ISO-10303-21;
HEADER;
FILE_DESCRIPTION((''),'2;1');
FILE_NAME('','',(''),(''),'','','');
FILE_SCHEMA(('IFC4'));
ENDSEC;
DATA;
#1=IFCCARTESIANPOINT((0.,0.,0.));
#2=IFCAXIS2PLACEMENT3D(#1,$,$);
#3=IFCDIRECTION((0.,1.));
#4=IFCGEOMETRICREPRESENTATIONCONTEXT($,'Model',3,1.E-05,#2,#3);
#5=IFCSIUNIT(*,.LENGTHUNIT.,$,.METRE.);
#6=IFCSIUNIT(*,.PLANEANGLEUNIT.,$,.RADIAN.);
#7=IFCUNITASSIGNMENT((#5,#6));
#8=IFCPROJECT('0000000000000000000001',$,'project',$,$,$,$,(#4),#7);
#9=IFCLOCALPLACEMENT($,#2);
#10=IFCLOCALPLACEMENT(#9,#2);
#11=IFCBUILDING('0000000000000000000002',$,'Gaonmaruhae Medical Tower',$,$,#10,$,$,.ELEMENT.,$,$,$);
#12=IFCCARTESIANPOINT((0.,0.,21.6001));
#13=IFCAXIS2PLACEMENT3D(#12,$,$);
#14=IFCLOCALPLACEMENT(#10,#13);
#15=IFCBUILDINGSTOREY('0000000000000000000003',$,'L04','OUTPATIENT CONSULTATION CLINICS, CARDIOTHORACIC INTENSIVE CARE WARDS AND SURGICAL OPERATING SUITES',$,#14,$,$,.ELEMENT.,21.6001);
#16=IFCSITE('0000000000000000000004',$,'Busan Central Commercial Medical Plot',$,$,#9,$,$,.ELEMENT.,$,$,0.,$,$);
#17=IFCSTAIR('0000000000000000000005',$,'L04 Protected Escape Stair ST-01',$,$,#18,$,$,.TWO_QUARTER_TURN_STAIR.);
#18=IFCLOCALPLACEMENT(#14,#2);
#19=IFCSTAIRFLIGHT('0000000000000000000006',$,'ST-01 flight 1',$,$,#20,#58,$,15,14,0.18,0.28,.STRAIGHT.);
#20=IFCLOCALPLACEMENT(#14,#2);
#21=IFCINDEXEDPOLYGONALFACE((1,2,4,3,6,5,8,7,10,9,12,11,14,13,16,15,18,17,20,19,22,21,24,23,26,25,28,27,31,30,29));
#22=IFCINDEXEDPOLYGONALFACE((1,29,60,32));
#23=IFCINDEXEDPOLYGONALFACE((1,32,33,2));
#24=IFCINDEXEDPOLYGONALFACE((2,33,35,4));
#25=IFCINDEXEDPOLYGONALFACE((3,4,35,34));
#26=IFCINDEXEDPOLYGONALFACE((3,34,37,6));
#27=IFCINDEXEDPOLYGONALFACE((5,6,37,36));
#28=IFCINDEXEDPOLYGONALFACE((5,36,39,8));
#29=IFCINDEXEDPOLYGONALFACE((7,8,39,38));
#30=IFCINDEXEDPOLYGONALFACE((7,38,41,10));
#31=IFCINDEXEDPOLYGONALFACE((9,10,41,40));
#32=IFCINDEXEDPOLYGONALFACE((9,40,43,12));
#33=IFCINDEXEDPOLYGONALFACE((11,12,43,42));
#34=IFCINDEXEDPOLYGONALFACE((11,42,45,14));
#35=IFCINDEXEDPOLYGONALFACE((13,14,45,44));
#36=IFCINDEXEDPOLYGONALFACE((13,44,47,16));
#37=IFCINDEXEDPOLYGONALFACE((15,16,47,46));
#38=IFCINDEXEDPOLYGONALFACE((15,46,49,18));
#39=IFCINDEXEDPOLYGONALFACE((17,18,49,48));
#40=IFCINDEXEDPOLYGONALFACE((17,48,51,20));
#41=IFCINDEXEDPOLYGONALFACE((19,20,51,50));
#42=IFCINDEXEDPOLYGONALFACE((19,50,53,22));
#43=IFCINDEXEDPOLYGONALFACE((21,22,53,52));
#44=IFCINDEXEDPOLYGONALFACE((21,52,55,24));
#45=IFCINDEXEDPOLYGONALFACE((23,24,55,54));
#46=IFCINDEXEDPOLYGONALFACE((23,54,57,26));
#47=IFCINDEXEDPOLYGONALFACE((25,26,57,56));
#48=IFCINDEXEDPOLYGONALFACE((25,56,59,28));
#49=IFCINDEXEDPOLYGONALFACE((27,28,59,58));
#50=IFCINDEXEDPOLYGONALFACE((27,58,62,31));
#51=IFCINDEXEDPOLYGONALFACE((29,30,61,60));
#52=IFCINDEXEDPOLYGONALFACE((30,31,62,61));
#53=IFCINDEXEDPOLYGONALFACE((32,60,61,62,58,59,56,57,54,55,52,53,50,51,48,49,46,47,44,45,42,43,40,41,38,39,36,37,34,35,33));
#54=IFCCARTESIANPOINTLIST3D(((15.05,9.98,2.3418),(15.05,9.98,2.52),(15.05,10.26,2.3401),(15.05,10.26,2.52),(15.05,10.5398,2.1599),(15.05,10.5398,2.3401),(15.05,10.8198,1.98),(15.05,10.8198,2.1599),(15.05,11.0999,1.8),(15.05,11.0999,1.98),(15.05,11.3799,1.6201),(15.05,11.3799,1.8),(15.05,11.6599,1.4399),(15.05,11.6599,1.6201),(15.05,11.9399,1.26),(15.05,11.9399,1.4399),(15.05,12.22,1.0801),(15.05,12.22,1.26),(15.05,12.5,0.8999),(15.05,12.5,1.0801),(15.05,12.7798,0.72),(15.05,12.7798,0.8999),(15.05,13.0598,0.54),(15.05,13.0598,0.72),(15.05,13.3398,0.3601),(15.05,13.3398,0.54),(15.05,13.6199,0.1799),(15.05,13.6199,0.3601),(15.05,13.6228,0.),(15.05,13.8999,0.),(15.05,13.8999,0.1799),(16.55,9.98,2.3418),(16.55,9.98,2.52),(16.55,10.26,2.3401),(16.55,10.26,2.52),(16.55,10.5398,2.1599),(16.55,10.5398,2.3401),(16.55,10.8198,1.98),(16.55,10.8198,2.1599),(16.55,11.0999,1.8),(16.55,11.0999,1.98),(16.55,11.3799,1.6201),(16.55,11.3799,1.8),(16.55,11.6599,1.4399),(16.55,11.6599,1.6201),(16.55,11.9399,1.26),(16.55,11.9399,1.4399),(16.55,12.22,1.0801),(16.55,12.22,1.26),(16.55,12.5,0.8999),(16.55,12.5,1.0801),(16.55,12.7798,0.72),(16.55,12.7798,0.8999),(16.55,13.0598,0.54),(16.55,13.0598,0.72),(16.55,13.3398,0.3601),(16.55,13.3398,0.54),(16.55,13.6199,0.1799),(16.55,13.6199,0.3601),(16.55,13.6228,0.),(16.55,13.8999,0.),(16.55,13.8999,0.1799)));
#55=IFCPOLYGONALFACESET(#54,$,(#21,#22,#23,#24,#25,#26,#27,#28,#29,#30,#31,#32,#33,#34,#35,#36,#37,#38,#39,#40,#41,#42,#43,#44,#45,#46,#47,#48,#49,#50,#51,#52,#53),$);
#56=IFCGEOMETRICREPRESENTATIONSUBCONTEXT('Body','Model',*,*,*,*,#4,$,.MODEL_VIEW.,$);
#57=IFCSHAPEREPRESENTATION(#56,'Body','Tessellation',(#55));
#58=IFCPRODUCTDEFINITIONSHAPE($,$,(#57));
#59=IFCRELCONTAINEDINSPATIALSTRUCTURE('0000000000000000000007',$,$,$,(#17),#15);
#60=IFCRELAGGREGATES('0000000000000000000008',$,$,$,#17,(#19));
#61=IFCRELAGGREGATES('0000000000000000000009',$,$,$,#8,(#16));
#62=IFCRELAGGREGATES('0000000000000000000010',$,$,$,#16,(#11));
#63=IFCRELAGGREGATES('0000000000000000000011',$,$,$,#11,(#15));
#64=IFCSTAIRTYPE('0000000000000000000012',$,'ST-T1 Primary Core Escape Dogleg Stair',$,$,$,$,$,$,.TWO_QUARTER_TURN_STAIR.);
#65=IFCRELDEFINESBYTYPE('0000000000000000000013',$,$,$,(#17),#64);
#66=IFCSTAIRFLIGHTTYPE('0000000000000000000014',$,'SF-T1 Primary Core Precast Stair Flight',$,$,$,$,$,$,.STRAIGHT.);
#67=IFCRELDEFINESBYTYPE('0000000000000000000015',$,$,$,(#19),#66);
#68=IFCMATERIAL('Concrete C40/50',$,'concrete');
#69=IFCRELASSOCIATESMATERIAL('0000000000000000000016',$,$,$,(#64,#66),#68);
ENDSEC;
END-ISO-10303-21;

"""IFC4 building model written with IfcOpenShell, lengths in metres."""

from ifc_helpers import new_model, si_unit, direction, frame, origin, place, context, subcontext, project, spatial, polyline, outline, extrude, material, type_object, element, aggregate, save


model = new_model("IFC4")

# Units and contexts
model_context = context("Model", 3, precision=1e-05, world=origin(), true_north=direction((0.0, 1.0)))
body_context = subcontext(model_context, "Body", "Model", "MODEL_VIEW")
ifc_project = project(units=[si_unit("LENGTHUNIT", "METRE"), si_unit("PLANEANGLEUNIT", "RADIAN")], contexts=[model_context])

# Site, building, storey
site_placement = place(None, origin())
site = spatial("IfcSite", under=ifc_project, at=site_placement, Name="Busan Central Commercial Medical Plot", CompositionType="ELEMENT", RefElevation=0.0)
building_placement = place(site_placement, origin())
building = spatial("IfcBuilding", under=site, at=building_placement, Name="Gaonmaruhae Medical Tower", CompositionType="ELEMENT")
storey_placement = place(building_placement, frame((0.0, 0.0, 21.6001)))
storey = spatial("IfcBuildingStorey", under=building, at=storey_placement, Name="L04", Description="OUTPATIENT CONSULTATION CLINICS, CARDIOTHORACIC INTENSIVE CARE WARDS AND SURGICAL OPERATING SUITES", CompositionType="ELEMENT", Elevation=21.6001)

# Stair, stair flight
ifc_material_1 = material(Name="Concrete C40/50", Category="concrete")
stair_type = type_object("IfcStairType", Name="ST-T1 Primary Core Escape Dogleg Stair", PredefinedType="TWO_QUARTER_TURN_STAIR", material=ifc_material_1)
stair_placement = place(storey_placement, origin())
stair = element("IfcStair", 1, at=stair_placement, inside=storey, type_object=stair_type, Name="L04 Protected Escape Stair ST-01", PredefinedType="TWO_QUARTER_TURN_STAIR")
stair_flight_type = type_object("IfcStairFlightType", Name="SF-T1 Primary Core Precast Stair Flight", PredefinedType="STRAIGHT", material=ifc_material_1)
stair_flight_placement = place(storey_placement, frame((15.8, 13.8999, 0.0), z_axis=(0.0, 0.0, 1.0), x_axis=(0.0, -1.0, 0.0)))
stair_flight = element("IfcStairFlight", 2, at=stair_flight_placement, type_object=stair_flight_type, Name="ST-01 flight 1", NumberOfRisers=15, NumberOfTreads=14, PredefinedType="STRAIGHT", RiserHeight=0.18, TreadLength=0.28, context=body_context, shape_type="SweptSolid", body=[
    extrude(outline(polyline([(0.0, 0.0), (0.0, 0.1799), (0.28, 0.1799), (0.28, 0.3601), (0.5601, 0.3601), (0.5601, 0.54), (0.8401, 0.54), (0.8401, 0.72), (1.1201, 0.72), (1.1201, 0.8999), (1.3999, 0.8999), (1.3999, 1.0801), (1.6799, 1.0801), (1.6799, 1.26), (1.96, 1.26), (1.96, 1.4399), (2.24, 1.4399), (2.24, 1.6201), (2.52, 1.6201), (2.52, 1.8), (2.8, 1.8), (2.8, 1.98), (3.0801, 1.98), (3.0801, 2.1599), (3.3601, 2.1599), (3.3601, 2.3401), (3.6399, 2.3401), (3.6399, 2.52), (3.9199, 2.52), (3.9199, 2.7), (3.9199, 2.3418), (0.2771, 0.0), (0.0, 0.0)])), frame((0.0, 0.75, 0.0), z_axis=(0.0, -1.0, 0.0), x_axis=(1.0, 0.0, 0.0)), (0.0, 0.0, 1.0), 1.5),
])
aggregate(stair, [stair_flight])

save(model, "model.ifc")
